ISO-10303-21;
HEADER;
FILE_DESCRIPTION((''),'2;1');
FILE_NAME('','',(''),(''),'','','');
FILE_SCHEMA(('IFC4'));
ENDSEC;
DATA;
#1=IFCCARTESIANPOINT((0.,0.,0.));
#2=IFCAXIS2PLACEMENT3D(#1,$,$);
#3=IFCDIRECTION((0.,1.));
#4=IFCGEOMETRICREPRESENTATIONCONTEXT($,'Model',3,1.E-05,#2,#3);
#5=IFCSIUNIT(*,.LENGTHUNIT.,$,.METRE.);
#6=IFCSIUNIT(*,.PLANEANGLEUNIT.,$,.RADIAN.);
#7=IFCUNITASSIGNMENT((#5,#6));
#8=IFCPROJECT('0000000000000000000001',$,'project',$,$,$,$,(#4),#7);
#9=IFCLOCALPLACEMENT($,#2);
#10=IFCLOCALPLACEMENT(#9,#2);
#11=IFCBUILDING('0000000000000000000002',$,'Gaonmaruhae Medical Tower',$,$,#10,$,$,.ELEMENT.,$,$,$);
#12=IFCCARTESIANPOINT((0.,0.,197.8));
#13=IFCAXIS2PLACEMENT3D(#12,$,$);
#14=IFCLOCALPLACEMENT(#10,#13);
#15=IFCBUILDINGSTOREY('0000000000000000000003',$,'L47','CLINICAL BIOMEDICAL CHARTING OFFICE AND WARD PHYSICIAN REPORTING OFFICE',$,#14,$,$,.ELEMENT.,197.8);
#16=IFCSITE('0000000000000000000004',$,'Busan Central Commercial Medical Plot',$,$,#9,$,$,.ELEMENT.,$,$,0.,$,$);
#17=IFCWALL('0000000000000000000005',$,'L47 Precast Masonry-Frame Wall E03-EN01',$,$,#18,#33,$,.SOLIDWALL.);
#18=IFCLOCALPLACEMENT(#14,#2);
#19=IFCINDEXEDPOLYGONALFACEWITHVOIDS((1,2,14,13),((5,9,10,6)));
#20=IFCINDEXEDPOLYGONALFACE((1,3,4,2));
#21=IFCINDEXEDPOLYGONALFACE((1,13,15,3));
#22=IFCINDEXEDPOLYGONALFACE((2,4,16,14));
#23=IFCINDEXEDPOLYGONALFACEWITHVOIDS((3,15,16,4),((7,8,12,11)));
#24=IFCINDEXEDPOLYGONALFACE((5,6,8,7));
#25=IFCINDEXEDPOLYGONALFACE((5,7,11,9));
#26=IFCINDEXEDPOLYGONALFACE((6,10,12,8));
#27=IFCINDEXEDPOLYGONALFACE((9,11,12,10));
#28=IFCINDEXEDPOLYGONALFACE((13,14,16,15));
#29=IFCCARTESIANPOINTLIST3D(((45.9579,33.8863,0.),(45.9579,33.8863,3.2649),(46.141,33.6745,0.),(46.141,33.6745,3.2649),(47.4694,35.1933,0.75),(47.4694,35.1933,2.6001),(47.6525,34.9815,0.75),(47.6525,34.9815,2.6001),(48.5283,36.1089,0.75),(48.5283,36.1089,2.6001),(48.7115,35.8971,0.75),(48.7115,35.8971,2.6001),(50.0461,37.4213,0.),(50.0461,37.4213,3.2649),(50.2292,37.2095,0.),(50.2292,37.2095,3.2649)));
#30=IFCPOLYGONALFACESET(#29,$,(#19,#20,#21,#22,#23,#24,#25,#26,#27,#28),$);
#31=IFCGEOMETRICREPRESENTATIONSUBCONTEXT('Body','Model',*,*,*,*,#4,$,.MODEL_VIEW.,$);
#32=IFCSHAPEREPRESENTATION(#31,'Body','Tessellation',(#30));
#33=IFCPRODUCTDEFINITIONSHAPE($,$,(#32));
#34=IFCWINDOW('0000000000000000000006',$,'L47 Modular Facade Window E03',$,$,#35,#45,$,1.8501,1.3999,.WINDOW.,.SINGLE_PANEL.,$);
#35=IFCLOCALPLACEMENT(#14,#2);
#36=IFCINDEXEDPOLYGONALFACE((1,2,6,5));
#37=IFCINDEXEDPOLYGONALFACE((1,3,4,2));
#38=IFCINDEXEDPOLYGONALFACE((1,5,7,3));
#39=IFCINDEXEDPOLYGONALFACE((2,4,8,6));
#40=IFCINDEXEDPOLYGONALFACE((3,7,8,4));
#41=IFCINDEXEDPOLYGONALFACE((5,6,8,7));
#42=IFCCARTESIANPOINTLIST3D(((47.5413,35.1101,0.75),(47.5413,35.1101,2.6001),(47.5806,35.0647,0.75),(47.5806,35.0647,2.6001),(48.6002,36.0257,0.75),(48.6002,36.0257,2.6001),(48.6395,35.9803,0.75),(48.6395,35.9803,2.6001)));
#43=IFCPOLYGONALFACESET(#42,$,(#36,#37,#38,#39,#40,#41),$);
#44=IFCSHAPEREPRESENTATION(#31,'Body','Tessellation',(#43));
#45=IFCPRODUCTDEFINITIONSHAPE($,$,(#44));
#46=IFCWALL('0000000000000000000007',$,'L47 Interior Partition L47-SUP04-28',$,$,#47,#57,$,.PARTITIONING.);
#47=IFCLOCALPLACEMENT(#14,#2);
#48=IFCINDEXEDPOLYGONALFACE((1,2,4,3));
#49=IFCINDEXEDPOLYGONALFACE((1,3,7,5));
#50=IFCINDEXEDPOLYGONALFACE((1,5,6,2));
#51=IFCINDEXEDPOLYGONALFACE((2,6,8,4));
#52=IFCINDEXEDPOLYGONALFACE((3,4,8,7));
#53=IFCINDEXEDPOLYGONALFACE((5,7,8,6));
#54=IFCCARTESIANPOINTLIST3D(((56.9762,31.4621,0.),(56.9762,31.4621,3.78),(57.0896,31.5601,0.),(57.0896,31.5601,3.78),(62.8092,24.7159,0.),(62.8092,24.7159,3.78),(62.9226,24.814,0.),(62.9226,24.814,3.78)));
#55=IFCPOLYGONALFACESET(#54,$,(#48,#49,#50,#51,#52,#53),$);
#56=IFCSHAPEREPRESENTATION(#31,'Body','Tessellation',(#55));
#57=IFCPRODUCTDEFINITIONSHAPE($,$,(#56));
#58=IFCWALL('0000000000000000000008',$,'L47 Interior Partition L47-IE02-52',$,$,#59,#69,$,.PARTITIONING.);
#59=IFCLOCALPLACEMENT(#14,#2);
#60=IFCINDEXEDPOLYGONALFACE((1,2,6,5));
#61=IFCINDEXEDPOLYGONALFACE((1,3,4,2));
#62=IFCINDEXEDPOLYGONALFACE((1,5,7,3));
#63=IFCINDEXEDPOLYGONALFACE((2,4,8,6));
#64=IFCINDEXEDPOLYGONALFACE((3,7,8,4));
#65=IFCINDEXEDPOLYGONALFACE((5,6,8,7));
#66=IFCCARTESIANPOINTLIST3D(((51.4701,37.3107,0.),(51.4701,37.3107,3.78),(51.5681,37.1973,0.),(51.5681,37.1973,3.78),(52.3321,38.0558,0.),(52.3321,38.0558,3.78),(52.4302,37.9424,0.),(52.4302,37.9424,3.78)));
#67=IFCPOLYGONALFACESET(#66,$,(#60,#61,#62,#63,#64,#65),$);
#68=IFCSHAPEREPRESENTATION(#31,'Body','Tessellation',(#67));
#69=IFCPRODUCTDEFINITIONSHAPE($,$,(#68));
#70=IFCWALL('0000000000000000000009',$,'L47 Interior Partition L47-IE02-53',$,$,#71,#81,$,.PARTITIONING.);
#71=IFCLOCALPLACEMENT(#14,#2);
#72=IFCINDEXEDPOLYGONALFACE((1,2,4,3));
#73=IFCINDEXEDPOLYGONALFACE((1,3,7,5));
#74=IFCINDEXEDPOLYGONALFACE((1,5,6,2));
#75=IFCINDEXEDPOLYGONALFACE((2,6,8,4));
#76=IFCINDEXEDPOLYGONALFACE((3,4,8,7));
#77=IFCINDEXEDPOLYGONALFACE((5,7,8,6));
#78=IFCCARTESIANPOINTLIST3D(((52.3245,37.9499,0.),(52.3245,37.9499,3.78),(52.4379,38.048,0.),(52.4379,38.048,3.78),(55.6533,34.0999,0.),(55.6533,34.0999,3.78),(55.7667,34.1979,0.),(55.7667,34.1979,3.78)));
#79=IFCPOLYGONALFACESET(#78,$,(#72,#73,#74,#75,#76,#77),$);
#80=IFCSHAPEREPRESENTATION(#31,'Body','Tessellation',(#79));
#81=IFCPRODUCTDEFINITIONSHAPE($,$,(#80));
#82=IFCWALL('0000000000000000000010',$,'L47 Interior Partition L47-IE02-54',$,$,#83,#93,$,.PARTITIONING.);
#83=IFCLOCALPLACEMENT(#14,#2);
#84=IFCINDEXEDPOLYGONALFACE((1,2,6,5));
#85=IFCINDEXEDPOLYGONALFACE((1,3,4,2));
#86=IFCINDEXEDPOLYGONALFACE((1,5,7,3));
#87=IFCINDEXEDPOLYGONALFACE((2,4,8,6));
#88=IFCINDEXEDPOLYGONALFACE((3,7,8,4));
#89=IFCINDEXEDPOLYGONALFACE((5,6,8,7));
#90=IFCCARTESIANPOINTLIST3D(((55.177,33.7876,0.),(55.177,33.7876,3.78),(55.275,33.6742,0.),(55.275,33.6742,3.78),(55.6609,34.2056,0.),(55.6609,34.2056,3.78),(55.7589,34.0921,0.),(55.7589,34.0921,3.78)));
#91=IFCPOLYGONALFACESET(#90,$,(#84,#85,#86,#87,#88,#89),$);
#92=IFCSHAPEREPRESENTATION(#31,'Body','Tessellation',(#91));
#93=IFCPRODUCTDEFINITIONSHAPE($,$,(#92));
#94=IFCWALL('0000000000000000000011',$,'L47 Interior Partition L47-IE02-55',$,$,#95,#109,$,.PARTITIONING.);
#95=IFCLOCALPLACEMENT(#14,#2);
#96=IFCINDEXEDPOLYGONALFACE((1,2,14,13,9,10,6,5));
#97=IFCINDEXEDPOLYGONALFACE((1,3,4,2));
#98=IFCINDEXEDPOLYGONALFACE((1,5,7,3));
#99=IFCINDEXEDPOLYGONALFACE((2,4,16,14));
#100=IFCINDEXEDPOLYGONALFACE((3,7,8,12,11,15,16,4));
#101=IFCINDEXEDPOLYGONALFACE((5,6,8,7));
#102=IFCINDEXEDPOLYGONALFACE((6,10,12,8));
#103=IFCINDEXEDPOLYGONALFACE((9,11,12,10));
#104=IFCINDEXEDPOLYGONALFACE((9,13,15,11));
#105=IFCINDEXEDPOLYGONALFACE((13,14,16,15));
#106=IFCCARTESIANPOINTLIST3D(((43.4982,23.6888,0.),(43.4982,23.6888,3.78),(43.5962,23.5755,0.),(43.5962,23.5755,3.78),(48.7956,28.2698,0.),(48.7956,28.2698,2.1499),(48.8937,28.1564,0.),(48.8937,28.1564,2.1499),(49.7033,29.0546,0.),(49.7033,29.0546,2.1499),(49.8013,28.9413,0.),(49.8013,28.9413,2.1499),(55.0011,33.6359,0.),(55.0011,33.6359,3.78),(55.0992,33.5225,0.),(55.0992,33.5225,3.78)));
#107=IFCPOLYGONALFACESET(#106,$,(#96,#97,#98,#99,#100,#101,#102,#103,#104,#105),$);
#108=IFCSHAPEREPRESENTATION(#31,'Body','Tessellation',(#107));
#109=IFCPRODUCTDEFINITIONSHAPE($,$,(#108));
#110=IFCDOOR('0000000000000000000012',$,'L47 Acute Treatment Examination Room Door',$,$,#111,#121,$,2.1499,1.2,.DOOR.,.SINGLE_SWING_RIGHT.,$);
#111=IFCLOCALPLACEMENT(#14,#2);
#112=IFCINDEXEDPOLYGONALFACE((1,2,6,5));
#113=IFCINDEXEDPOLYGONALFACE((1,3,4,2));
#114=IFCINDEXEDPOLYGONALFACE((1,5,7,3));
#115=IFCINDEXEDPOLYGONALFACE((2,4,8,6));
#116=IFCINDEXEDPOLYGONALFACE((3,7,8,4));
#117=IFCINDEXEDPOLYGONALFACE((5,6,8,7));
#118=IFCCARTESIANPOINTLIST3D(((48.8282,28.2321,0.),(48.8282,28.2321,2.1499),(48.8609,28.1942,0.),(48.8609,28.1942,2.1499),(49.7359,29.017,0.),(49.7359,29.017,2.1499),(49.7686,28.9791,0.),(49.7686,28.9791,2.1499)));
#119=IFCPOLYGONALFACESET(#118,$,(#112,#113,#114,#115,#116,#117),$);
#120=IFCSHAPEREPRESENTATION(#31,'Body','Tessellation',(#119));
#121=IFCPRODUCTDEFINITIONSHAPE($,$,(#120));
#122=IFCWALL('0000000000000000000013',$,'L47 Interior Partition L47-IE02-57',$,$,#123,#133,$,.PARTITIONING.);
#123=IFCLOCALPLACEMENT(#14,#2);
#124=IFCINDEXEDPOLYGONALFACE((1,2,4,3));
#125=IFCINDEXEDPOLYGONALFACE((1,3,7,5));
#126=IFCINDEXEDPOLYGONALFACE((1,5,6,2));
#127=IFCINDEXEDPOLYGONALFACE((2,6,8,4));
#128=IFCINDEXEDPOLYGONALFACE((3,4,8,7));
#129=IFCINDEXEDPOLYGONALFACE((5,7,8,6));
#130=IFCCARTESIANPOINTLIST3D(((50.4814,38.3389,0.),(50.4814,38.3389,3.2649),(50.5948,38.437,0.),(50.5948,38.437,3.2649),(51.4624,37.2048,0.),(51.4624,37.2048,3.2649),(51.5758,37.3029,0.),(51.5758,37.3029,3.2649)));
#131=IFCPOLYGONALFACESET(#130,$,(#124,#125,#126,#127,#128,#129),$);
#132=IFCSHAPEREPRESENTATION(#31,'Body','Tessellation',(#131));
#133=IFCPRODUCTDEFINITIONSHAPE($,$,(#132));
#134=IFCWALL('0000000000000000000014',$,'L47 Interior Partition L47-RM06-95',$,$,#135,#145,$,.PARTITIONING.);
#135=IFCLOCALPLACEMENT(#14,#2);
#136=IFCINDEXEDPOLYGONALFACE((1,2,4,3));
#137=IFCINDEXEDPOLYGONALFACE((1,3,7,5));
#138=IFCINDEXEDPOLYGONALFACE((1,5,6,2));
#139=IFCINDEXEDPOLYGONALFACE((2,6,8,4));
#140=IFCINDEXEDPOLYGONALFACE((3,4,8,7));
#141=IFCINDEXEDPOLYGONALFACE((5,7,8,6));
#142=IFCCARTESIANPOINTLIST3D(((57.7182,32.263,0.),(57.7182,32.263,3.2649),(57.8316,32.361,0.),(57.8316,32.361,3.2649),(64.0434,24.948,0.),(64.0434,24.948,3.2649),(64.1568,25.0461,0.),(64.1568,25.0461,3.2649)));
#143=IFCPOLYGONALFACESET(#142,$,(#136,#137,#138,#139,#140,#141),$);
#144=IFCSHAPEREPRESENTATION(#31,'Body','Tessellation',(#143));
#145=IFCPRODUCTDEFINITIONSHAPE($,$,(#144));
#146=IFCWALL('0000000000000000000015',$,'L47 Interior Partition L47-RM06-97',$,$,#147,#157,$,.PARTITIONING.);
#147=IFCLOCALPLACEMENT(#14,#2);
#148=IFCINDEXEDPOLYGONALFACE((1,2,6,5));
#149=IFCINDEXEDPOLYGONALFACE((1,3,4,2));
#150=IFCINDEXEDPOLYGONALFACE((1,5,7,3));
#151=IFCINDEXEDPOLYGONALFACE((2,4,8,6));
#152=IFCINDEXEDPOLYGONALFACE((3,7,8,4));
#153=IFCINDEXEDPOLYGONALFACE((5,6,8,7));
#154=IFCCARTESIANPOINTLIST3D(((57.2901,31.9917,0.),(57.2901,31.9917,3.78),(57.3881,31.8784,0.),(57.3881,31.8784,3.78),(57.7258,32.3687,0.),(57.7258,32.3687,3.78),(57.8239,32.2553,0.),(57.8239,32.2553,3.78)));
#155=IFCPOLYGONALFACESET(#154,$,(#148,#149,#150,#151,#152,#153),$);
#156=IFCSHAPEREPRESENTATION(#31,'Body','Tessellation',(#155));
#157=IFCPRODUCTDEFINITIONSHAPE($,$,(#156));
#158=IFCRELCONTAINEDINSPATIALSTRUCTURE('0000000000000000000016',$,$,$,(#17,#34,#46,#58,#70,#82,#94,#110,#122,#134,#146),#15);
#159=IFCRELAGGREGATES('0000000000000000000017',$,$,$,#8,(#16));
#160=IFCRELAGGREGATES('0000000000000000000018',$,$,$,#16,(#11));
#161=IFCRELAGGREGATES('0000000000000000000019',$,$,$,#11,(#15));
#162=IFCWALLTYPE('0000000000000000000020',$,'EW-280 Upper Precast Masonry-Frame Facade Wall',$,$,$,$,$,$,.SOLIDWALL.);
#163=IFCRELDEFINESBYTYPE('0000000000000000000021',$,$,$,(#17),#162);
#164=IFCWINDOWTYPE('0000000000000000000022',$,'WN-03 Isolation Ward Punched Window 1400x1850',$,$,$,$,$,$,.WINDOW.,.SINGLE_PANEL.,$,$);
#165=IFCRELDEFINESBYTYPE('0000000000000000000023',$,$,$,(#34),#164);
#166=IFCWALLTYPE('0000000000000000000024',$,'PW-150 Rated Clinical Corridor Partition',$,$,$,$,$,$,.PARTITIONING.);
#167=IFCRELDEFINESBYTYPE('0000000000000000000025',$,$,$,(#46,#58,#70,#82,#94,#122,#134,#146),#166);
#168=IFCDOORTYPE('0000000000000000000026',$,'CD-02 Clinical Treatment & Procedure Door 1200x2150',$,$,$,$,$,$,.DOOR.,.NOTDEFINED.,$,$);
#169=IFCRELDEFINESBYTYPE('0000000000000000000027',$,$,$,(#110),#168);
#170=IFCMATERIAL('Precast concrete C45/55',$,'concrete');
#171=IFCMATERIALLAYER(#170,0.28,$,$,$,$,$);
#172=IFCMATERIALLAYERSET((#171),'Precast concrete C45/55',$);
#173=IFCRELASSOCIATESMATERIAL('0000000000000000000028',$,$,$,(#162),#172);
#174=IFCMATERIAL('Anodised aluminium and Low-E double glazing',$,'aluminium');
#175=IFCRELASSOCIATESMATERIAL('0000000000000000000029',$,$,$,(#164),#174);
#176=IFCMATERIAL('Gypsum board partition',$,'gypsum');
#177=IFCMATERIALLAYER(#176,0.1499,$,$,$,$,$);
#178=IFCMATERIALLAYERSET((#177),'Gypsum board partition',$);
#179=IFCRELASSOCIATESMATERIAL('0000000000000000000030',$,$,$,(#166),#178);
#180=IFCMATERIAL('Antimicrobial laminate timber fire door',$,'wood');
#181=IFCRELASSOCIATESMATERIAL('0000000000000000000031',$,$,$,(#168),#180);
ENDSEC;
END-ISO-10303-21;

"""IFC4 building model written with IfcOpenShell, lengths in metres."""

from ifc_helpers import new_model, si_unit, direction, frame, frame_2d, origin, place, context, subcontext, project, spatial, rectangle, extrude, material, layer, layer_set, type_object, element, fill, save


model = new_model("IFC4")

# Units and contexts
model_context = context("Model", 3, precision=1e-05, world=origin(), true_north=direction((0.0, 1.0)))
body_context = subcontext(model_context, "Body", "Model", "MODEL_VIEW")
ifc_project = project(units=[si_unit("LENGTHUNIT", "METRE"), si_unit("PLANEANGLEUNIT", "RADIAN")], contexts=[model_context])

# Site, building, storey
site_placement = place(None, origin())
site = spatial("IfcSite", under=ifc_project, at=site_placement, Name="Busan Central Commercial Medical Plot", CompositionType="ELEMENT", RefElevation=0.0)
building_placement = place(site_placement, origin())
building = spatial("IfcBuilding", under=site, at=building_placement, Name="Gaonmaruhae Medical Tower", CompositionType="ELEMENT")
storey_placement = place(building_placement, frame((0.0, 0.0, 197.8)))
storey = spatial("IfcBuildingStorey", under=building, at=storey_placement, Name="L47", Description="CLINICAL BIOMEDICAL CHARTING OFFICE AND WARD PHYSICIAN REPORTING OFFICE", CompositionType="ELEMENT", Elevation=197.8)

# Shared definitions
ifc_material_1 = material(Name="Precast concrete C45/55", Category="concrete")
ifc_layer_1 = layer(ifc_material_1, 0.28)
ifc_layer_set_1 = layer_set([ifc_layer_1], Name="Precast concrete C45/55")
wall_type_1 = type_object("IfcWallType", Name="EW-280 Upper Precast Masonry-Frame Facade Wall", PredefinedType="SOLIDWALL", material=ifc_layer_set_1)

# Wall, opening, window
wall_1_placement = place(storey_placement, frame((46.0496, 33.7805, 0.0), z_axis=(0.0, 0.0, 1.0), x_axis=(0.756434, 0.65407, 0.0)))
wall_1 = element("IfcWall", 1, at=wall_1_placement, inside=storey, type_object=wall_type_1, Name="L47 Precast Masonry-Frame Wall E03-EN01", PredefinedType="SOLIDWALL", context=body_context, shape_type="SweptSolid", body=[
    extrude(rectangle(XDim=5.4045, YDim=0.28, at=frame_2d((2.7021, 0.0))), origin(), (0.0, 0.0, 1.0), 3.2649),
])
opening_1_placement = place(wall_1_placement, frame((1.998, 0.0, 0.75)))
opening_1 = element("IfcOpeningElement", 2, at=opening_1_placement, cuts=wall_1, PredefinedType="OPENING", context=body_context, shape_type="SweptSolid", body=[
    extrude(rectangle(XDim=1.3999, YDim=1.8501, at=frame_2d((0.7, 0.925))), frame((0.0, 0.1499, 0.0), z_axis=(0.0, -1.0, 0.0), x_axis=(1.0, 0.0, 0.0)), (0.0, 0.0, 1.0), 0.3),
])
ifc_material_2 = material(Name="Anodised aluminium and Low-E double glazing", Category="aluminium")
window_type = type_object("IfcWindowType", Name="WN-03 Isolation Ward Punched Window 1400x1850", PartitioningType="SINGLE_PANEL", PredefinedType="WINDOW", material=ifc_material_2)
window_placement = place(opening_1_placement, origin())
window = element("IfcWindow", 3, at=window_placement, inside=storey, type_object=window_type, Name="L47 Modular Facade Window E03", OverallHeight=1.8501, OverallWidth=1.3999, PartitioningType="SINGLE_PANEL", PredefinedType="WINDOW", context=body_context, shape_type="SweptSolid", body=[
    extrude(rectangle(XDim=1.3999, YDim=1.8501, at=frame_2d((0.7, 0.925))), frame((0.0, 0.03, 0.0), z_axis=(0.0, -1.0, 0.0), x_axis=(1.0, 0.0, 0.0)), (0.0, 0.0, 1.0), 0.0601),
])
fill(opening_1, window)

# Walls
ifc_material_3 = material(Name="Gypsum board partition", Category="gypsum")
ifc_layer_2 = layer(ifc_material_3, 0.1499)
ifc_layer_set_2 = layer_set([ifc_layer_2], Name="Gypsum board partition")
wall_type_2 = type_object("IfcWallType", Name="PW-150 Rated Clinical Corridor Partition", PredefinedType="PARTITIONING", material=ifc_layer_set_2)
wall_2_placement = place(storey_placement, frame((57.033, 31.511, 0.0), z_axis=(0.0, 0.0, 1.0), x_axis=(0.654059, -0.756444, 0.0)))
element("IfcWall", 4, at=wall_2_placement, inside=storey, type_object=wall_type_2, Name="L47 Interior Partition L47-SUP04-28", PredefinedType="PARTITIONING", context=body_context, shape_type="SweptSolid", body=[
    extrude(rectangle(XDim=8.9182, YDim=0.1499, at=frame_2d((4.459, 0.0))), origin(), (0.0, 0.0, 1.0), 3.78),
])
wall_3_placement = place(storey_placement, frame((51.519, 37.2539, 0.0), z_axis=(0.0, 0.0, 1.0), x_axis=(0.756558, 0.653927, 0.0)))
element("IfcWall", 5, at=wall_3_placement, inside=storey, type_object=wall_type_2, Name="L47 Interior Partition L47-IE02-52", PredefinedType="PARTITIONING", context=body_context, shape_type="SweptSolid", body=[
    extrude(rectangle(XDim=1.1394, YDim=0.1499, at=frame_2d((0.5698, 0.0))), origin(), (0.0, 0.0, 1.0), 3.78),
])
wall_4_placement = place(storey_placement, frame((52.3811, 37.999, 0.0), z_axis=(0.0, 0.0, 1.0), x_axis=(0.654044, -0.756456, 0.0)))
element("IfcWall", 6, at=wall_4_placement, inside=storey, type_object=wall_type_2, Name="L47 Interior Partition L47-IE02-53", PredefinedType="PARTITIONING", context=body_context, shape_type="SweptSolid", body=[
    extrude(rectangle(XDim=5.0896, YDim=0.1499, at=frame_2d((2.5449, 0.0))), origin(), (0.0, 0.0, 1.0), 3.78),
])
wall_5_placement = place(storey_placement, frame((55.71, 34.1489, 0.0), z_axis=(0.0, 0.0, 1.0), x_axis=(-0.756771, -0.65368, 0.0)))
element("IfcWall", 7, at=wall_5_placement, inside=storey, type_object=wall_type_2, Name="L47 Interior Partition L47-IE02-54", PredefinedType="PARTITIONING", context=body_context, shape_type="SweptSolid", body=[
    extrude(rectangle(XDim=0.6394, YDim=0.1499, at=frame_2d((0.3198, 0.0))), origin(), (0.0, 0.0, 1.0), 3.78),
])

# Wall, opening, door
wall_6_placement = place(storey_placement, frame((55.05, 33.5791, 0.0), z_axis=(0.0, 0.0, 1.0), x_axis=(-0.756411, -0.654097, 0.0)))
wall_6 = element("IfcWall", 8, at=wall_6_placement, inside=storey, type_object=wall_type_2, Name="L47 Interior Partition L47-IE02-55", PredefinedType="PARTITIONING", context=body_context, shape_type="SweptSolid", body=[
    extrude(rectangle(XDim=15.2073, YDim=0.1499, at=frame_2d((7.6035, 0.0))), origin(), (0.0, 0.0, 1.0), 3.78),
])
opening_2_placement = place(wall_6_placement, frame((7.0037, 0.0, 0.0)))
opening_2 = element("IfcOpeningElement", 9, at=opening_2_placement, cuts=wall_6, PredefinedType="OPENING", context=body_context, shape_type="SweptSolid", body=[
    extrude(rectangle(XDim=1.2, YDim=2.1499, at=frame_2d((0.6001, 1.075))), frame((0.0, 0.085, 0.0), z_axis=(0.0, -1.0, 0.0), x_axis=(1.0, 0.0, 0.0)), (0.0, 0.0, 1.0), 0.1699),
])
ifc_material_4 = material(Name="Antimicrobial laminate timber fire door", Category="wood")
door_type = type_object("IfcDoorType", Name="CD-02 Clinical Treatment & Procedure Door 1200x2150", OperationType="NOTDEFINED", PredefinedType="DOOR", material=ifc_material_4)
door_placement = place(opening_2_placement, origin())
door = element("IfcDoor", 10, at=door_placement, inside=storey, type_object=door_type, Name="L47 Acute Treatment Examination Room Door", OperationType="SINGLE_SWING_RIGHT", OverallHeight=2.1499, OverallWidth=1.2, PredefinedType="DOOR", context=body_context, shape_type="SweptSolid", body=[
    extrude(rectangle(XDim=1.2, YDim=2.1499, at=frame_2d((0.6001, 1.075))), frame((0.0, 0.0249, 0.0), z_axis=(0.0, -1.0, 0.0), x_axis=(1.0, 0.0, 0.0)), (0.0, 0.0, 1.0), 0.05),
])
fill(opening_2, door)

# Walls
wall_7_placement = place(storey_placement, frame((50.5381, 38.3879, 0.0), z_axis=(0.0, 0.0, 1.0), x_axis=(0.654217, -0.756307, 0.0)))
element("IfcWall", 11, at=wall_7_placement, inside=storey, type_object=wall_type_2, Name="L47 Interior Partition L47-IE02-57", PredefinedType="PARTITIONING", context=body_context, shape_type="SweptSolid", body=[
    extrude(rectangle(XDim=1.4995, YDim=0.1499, at=frame_2d((0.7498, 0.0))), origin(), (0.0, 0.0, 1.0), 3.2649),
])
wall_8_placement = place(storey_placement, frame((57.7749, 32.312, 0.0), z_axis=(0.0, 0.0, 1.0), x_axis=(0.654079, -0.756427, 0.0)))
element("IfcWall", 12, at=wall_8_placement, inside=storey, type_object=wall_type_2, Name="L47 Interior Partition L47-RM06-95", PredefinedType="PARTITIONING", context=body_context, shape_type="SweptSolid", body=[
    extrude(rectangle(XDim=9.6704, YDim=0.1499, at=frame_2d((4.8352, 0.0))), origin(), (0.0, 0.0, 1.0), 3.2649),
])
wall_9_placement = place(storey_placement, frame((57.3391, 31.9351, 0.0), z_axis=(0.0, 0.0, 1.0), x_axis=(0.756318, 0.654204, 0.0)))
element("IfcWall", 13, at=wall_9_placement, inside=storey, type_object=wall_type_2, Name="L47 Interior Partition L47-RM06-97", PredefinedType="PARTITIONING", context=body_context, shape_type="SweptSolid", body=[
    extrude(rectangle(XDim=0.5762, YDim=0.1499, at=frame_2d((0.2881, 0.0))), origin(), (0.0, 0.0, 1.0), 3.78),
])

save(model, "model.ifc")
